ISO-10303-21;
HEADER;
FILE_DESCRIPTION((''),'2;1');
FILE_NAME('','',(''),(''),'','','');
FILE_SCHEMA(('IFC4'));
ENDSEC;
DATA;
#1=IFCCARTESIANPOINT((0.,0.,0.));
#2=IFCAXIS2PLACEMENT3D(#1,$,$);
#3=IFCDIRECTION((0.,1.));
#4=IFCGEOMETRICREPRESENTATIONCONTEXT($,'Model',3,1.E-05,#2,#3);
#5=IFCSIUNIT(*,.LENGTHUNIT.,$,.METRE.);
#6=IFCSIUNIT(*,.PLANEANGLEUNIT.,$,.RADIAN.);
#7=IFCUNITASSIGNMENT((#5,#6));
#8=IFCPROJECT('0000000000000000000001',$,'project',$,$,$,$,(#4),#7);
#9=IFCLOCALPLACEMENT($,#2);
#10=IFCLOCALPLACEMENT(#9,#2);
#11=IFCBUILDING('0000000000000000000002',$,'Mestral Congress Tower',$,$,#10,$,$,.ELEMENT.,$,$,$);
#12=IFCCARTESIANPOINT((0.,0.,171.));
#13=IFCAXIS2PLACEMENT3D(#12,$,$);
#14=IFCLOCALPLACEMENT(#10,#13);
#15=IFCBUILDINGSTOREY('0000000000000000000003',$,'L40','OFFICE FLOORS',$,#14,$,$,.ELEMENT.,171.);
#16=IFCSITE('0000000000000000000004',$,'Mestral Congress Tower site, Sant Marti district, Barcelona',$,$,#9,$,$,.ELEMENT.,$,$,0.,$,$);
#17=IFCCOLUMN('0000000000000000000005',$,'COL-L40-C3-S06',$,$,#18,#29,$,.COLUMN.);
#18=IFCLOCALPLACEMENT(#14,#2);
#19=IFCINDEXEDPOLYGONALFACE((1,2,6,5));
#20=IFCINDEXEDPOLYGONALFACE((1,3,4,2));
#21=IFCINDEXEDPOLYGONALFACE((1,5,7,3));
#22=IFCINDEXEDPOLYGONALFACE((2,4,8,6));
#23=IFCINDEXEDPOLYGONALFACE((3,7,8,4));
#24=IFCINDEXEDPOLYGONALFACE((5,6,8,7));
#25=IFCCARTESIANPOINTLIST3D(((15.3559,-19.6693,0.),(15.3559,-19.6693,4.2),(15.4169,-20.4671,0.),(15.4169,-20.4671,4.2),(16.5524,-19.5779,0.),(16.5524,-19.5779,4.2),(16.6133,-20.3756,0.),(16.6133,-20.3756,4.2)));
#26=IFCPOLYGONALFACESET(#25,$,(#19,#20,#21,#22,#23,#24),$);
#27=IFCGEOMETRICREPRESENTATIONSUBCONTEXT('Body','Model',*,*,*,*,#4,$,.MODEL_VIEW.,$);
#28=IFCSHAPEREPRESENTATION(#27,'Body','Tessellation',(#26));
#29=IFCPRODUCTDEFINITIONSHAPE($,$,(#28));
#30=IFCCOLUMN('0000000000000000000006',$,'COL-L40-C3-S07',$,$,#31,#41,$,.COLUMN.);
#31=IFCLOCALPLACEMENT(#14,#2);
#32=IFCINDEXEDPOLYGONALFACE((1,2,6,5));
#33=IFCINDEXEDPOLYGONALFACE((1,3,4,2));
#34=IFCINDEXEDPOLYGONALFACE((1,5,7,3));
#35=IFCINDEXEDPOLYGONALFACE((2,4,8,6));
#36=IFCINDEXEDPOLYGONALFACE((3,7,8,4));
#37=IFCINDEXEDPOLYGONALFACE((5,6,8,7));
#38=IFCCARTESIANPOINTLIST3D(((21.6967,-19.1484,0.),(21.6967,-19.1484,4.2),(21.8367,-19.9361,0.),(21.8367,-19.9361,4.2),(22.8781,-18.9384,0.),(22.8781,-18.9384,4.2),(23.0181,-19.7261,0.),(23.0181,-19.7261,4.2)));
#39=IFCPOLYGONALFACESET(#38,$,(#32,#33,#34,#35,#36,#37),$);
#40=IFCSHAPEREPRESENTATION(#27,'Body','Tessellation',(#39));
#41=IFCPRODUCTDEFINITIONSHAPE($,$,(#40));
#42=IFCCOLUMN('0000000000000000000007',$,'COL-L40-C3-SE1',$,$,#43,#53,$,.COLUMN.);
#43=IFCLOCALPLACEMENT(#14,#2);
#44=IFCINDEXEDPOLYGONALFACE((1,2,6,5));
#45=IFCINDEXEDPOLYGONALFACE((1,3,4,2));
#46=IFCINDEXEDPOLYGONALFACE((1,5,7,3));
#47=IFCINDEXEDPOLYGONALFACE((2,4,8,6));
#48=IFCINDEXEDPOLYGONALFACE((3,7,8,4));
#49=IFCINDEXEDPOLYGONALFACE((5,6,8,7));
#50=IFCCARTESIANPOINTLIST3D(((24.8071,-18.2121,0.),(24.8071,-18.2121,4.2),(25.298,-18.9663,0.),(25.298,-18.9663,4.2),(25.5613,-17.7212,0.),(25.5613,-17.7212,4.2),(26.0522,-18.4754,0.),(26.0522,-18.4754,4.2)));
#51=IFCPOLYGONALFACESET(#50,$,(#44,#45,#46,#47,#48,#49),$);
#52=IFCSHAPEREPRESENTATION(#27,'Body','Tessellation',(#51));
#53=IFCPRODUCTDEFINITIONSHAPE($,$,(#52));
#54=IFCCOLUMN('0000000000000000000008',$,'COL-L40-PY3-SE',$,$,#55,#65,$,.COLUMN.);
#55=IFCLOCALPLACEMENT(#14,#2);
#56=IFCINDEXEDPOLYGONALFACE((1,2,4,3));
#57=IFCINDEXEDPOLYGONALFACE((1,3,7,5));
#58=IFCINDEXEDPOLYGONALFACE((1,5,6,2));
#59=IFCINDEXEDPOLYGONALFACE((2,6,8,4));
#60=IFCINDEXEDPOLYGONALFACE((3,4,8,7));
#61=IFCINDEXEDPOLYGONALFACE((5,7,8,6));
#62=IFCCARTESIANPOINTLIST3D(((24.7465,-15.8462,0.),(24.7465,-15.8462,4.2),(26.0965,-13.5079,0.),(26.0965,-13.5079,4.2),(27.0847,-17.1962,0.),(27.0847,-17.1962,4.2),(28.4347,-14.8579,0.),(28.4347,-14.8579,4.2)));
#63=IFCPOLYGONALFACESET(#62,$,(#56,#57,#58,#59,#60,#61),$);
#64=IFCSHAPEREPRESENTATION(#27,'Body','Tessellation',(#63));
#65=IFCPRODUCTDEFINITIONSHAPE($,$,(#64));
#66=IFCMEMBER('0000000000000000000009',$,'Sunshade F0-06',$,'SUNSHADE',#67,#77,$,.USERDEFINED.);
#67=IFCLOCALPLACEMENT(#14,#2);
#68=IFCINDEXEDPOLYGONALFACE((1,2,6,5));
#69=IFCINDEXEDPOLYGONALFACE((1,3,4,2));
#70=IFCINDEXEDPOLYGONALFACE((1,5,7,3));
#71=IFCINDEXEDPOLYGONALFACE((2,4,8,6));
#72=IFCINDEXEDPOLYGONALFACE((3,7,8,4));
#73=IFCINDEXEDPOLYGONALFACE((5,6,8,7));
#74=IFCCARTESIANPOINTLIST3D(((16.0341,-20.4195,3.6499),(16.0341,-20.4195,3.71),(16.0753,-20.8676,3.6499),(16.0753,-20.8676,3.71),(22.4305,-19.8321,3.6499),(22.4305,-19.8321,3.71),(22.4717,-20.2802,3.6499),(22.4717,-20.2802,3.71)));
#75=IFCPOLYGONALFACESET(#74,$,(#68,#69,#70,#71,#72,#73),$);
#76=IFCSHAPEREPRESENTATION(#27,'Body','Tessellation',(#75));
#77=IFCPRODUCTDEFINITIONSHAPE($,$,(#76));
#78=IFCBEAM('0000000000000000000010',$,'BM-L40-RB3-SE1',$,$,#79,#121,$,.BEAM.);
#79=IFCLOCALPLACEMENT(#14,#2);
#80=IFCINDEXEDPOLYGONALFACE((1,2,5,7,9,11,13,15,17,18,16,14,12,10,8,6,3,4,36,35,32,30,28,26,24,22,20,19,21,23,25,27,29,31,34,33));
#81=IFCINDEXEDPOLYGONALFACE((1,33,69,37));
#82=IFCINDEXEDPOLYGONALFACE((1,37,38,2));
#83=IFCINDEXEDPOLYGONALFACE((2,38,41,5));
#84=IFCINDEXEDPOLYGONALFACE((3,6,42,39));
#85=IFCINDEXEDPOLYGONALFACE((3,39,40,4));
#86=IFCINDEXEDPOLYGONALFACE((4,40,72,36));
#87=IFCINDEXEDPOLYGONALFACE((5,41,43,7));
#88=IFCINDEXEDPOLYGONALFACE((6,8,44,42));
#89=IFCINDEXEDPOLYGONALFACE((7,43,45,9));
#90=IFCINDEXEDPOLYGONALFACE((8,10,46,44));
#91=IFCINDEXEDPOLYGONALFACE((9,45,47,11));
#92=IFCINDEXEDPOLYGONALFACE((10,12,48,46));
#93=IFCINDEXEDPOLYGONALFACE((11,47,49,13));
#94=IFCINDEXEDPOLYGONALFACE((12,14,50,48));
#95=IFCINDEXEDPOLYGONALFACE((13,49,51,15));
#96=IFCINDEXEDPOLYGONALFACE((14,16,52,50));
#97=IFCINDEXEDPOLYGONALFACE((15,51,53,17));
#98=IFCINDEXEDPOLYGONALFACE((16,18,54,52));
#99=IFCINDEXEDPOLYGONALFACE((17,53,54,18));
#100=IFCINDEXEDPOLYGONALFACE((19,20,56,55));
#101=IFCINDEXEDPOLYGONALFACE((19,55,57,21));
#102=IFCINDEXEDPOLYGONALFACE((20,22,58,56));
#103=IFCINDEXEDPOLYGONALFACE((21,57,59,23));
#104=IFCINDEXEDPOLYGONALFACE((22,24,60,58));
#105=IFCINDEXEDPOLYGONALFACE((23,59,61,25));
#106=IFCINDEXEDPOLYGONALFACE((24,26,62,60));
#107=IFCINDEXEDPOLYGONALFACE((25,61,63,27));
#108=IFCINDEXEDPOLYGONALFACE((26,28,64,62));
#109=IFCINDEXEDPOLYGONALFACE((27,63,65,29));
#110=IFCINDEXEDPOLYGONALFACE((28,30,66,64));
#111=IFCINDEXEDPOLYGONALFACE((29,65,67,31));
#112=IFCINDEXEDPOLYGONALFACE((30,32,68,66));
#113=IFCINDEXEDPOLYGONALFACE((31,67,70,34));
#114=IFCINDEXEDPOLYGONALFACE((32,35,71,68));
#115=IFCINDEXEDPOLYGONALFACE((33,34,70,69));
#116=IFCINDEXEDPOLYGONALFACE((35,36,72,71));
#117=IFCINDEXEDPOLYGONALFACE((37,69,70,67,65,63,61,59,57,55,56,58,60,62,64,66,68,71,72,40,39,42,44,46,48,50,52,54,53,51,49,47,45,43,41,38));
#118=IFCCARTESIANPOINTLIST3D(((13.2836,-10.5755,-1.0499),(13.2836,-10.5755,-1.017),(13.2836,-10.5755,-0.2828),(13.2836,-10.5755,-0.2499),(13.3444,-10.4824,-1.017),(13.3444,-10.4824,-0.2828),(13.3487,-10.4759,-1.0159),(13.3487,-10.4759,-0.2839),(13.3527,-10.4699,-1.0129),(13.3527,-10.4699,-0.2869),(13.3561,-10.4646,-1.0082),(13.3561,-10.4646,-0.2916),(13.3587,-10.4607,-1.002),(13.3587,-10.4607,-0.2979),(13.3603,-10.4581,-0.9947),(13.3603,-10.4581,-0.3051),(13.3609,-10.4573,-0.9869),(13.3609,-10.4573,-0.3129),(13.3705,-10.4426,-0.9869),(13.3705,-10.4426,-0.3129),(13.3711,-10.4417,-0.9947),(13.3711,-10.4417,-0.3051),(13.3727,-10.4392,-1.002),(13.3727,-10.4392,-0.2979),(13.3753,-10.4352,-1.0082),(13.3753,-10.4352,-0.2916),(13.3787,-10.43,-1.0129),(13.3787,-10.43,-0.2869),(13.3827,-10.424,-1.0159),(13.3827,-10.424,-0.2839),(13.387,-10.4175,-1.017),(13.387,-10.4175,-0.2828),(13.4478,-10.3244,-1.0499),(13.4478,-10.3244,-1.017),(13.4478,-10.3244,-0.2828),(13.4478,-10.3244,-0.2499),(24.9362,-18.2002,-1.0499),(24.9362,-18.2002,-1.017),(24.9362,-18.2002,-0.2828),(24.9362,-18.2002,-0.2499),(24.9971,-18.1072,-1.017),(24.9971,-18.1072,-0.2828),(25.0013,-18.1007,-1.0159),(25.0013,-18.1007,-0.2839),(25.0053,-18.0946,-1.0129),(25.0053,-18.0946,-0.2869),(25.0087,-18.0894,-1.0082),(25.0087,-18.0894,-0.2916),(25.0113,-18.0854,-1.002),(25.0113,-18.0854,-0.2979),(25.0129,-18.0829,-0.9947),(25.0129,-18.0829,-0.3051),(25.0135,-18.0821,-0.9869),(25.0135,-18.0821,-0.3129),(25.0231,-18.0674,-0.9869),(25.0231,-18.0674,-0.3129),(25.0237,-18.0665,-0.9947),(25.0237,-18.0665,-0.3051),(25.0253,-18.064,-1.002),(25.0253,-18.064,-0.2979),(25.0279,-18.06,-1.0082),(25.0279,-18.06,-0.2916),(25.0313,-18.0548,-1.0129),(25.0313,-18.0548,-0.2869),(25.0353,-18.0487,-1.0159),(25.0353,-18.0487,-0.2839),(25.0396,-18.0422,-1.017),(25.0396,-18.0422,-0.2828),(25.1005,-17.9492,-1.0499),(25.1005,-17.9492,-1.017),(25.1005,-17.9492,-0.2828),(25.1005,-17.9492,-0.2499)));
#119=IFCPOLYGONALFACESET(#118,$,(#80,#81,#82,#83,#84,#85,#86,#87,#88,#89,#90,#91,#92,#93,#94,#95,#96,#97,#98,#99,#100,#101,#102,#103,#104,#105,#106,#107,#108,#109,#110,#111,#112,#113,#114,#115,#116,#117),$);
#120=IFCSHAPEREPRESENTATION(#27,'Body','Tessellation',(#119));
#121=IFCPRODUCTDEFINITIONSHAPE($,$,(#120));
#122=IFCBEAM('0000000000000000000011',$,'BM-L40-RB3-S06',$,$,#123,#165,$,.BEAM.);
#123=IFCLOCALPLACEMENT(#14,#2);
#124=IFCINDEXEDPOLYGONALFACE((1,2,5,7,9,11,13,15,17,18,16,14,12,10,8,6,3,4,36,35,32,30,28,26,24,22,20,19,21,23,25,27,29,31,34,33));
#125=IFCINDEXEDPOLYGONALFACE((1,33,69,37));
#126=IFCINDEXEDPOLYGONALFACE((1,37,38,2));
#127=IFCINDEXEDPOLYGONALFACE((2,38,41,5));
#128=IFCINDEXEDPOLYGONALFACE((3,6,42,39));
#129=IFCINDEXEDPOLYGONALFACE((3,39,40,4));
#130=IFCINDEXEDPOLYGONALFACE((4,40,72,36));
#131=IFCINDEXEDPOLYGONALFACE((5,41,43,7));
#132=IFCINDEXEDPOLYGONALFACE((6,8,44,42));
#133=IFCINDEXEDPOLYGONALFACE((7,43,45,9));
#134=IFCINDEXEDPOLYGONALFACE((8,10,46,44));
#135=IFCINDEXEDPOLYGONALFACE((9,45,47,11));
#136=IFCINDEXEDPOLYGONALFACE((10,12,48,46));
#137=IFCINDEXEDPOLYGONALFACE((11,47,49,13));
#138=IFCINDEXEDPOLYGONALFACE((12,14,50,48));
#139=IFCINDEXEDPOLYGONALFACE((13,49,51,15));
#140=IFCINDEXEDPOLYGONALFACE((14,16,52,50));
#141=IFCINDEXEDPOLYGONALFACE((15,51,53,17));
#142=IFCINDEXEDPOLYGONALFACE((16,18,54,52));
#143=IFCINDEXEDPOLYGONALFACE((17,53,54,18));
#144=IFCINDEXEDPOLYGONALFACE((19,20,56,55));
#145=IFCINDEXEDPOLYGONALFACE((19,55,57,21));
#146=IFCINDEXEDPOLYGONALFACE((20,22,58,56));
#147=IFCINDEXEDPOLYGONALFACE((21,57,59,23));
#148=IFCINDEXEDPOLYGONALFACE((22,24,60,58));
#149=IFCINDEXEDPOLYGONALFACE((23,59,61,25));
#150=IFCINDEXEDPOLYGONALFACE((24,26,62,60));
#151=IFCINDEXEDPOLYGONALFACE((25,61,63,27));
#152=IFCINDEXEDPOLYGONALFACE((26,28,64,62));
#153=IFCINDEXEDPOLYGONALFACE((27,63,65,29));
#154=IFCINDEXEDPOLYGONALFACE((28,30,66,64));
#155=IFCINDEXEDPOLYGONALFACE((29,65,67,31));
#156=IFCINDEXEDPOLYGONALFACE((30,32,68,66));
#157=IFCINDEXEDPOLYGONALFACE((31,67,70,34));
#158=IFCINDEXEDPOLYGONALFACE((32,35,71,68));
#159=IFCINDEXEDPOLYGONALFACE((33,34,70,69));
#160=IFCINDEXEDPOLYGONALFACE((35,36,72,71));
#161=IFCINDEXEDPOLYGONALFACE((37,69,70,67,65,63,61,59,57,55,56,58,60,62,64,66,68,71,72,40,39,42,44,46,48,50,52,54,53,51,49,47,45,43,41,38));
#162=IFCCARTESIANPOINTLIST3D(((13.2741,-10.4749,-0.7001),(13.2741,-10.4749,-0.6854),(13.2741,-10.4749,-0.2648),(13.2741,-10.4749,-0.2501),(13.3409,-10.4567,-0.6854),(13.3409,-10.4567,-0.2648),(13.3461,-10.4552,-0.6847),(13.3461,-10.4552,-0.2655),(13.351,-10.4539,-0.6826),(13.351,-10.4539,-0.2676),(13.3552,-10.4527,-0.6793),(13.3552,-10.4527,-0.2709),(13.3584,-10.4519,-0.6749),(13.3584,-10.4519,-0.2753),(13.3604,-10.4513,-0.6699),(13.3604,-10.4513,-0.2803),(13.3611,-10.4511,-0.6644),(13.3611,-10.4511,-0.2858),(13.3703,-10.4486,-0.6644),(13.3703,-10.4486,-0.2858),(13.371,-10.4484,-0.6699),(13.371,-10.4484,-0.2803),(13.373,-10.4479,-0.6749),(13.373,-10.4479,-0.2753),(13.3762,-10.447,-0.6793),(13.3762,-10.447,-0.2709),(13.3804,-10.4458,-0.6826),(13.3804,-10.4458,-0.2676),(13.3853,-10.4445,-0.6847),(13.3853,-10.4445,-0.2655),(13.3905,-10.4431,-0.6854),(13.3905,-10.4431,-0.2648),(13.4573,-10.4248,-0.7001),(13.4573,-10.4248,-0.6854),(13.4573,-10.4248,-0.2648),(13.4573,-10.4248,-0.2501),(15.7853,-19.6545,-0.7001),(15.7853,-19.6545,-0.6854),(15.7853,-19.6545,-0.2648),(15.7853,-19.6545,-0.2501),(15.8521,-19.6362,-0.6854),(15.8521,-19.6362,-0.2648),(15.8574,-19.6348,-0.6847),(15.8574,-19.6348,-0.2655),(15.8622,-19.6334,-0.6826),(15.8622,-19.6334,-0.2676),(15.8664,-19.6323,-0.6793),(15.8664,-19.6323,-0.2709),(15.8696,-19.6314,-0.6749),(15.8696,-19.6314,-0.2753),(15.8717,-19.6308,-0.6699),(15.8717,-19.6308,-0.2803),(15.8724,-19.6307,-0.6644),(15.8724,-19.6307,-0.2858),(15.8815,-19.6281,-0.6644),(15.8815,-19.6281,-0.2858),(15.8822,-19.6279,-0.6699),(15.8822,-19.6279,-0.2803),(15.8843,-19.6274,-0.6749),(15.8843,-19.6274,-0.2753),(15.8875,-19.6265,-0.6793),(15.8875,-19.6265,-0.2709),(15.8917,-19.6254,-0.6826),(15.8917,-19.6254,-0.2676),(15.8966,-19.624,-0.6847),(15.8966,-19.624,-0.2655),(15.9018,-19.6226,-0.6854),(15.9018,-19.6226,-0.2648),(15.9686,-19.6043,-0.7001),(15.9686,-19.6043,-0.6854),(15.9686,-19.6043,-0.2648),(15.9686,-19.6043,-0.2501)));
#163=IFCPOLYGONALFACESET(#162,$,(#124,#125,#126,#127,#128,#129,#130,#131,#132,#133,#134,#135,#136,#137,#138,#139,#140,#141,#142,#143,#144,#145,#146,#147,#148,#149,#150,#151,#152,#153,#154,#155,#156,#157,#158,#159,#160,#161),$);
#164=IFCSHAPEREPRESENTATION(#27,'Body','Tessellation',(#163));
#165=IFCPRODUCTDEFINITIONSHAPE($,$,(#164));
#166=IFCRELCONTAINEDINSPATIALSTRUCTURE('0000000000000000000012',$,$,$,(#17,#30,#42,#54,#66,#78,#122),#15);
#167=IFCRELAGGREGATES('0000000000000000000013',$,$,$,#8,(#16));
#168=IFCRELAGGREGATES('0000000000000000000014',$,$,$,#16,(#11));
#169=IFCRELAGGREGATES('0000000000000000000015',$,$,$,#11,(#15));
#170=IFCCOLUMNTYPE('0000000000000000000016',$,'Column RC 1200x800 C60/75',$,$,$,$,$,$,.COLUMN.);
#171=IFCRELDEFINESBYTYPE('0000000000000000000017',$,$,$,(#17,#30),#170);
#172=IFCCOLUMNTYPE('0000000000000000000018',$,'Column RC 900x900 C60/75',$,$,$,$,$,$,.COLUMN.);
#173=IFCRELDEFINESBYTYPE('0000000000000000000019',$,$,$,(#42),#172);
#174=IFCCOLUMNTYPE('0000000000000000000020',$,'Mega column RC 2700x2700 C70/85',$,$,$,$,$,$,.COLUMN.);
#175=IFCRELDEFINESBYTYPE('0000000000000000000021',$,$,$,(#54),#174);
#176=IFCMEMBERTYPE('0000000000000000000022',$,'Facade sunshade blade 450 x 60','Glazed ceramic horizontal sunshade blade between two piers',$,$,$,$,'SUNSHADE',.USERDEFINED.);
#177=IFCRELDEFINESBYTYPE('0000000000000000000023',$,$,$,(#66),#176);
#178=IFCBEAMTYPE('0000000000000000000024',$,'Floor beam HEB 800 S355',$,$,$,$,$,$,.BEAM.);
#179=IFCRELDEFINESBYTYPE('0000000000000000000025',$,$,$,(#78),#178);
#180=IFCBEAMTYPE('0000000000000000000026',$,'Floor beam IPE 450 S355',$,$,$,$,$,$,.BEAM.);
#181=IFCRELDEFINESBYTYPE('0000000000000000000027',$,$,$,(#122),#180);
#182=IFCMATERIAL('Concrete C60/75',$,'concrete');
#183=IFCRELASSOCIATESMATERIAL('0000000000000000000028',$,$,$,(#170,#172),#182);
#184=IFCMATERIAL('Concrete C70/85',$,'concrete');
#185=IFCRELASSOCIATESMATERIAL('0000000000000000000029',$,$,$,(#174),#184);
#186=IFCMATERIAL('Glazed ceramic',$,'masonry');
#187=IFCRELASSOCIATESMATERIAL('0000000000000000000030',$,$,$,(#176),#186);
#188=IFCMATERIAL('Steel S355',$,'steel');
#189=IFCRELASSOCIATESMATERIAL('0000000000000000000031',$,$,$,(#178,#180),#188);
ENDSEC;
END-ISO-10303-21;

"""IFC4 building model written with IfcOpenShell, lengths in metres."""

from ifc_helpers import new_model, si_unit, direction, frame, origin, origin_2d, place, context, subcontext, project, spatial, rectangle, i_section, extrude, material, material_profile, profile_set, type_object, element, save


model = new_model("IFC4")

# Units and contexts
model_context = context("Model", 3, precision=1e-05, world=origin(), true_north=direction((0.0, 1.0)))
body_context = subcontext(model_context, "Body", "Model", "MODEL_VIEW")
ifc_project = project(units=[si_unit("LENGTHUNIT", "METRE"), si_unit("PLANEANGLEUNIT", "RADIAN")], contexts=[model_context])

# Site, building, storey
site_placement = place(None, origin())
site = spatial("IfcSite", under=ifc_project, at=site_placement, Name="Mestral Congress Tower site, Sant Marti district, Barcelona", CompositionType="ELEMENT", RefElevation=0.0)
building_placement = place(site_placement, origin())
building = spatial("IfcBuilding", under=site, at=building_placement, Name="Mestral Congress Tower", CompositionType="ELEMENT")
storey_placement = place(building_placement, frame((0.0, 0.0, 171.0)))
storey = spatial("IfcBuildingStorey", under=building, at=storey_placement, Name="L40", Description="OFFICE FLOORS", CompositionType="ELEMENT", Elevation=171.0)

# Columns
ifc_material_1 = material(Name="Concrete C60/75", Category="concrete")
ifc_material_profile_1 = material_profile(ifc_material_1, rectangle(XDim=1.2, YDim=0.8, at=origin_2d()), Name="RC 1200x800")
ifc_profile_set_1 = profile_set([ifc_material_profile_1], Name="Concrete C60/75")
column_type_1 = type_object("IfcColumnType", Name="Column RC 1200x800 C60/75", PredefinedType="COLUMN", material=ifc_profile_set_1)
for number, where, z_axis, x_axis, name in (
    (1, (15.9846, -20.0225, 0.0), (0.0, 0.0, 1.0), (0.99709, 0.076237, 0.0), "COL-L40-C3-S06"),
    (2, (22.3574, -19.4373, 0.0), (0.0, 0.0, 1.0), (0.984571, 0.174985, 0.0), "COL-L40-C3-S07"),
):
    element("IfcColumn", number, at=place(storey_placement, frame(where, z_axis=z_axis, x_axis=x_axis)), inside=storey, type_object=column_type_1, Name=name, PredefinedType="COLUMN", context=body_context, shape_type="SweptSolid", body=[
        extrude(rectangle(XDim=1.2, YDim=0.8, at=origin_2d()), origin(), (0.0, 0.0, 1.0), 4.2),
    ])
ifc_material_profile_2 = material_profile(ifc_material_1, rectangle(XDim=0.8999, YDim=0.8999, at=origin_2d()), Name="RC 900x900")
ifc_profile_set_2 = profile_set([ifc_material_profile_2], Name="Concrete C60/75")
column_type_2 = type_object("IfcColumnType", Name="Column RC 900x900 C60/75", PredefinedType="COLUMN", material=ifc_profile_set_2)
column_1_placement = place(storey_placement, frame((25.4297, -18.3438, 0.0), z_axis=(0.0, 0.0, 1.0), x_axis=(0.838094, 0.545526, 0.0)))
element("IfcColumn", 3, at=column_1_placement, inside=storey, type_object=column_type_2, Name="COL-L40-C3-SE1", PredefinedType="COLUMN", context=body_context, shape_type="SweptSolid", body=[
    extrude(rectangle(XDim=0.8999, YDim=0.8999, at=origin_2d()), origin(), (0.0, 0.0, 1.0), 4.2),
])
ifc_material_2 = material(Name="Concrete C70/85", Category="concrete")
ifc_material_profile_3 = material_profile(ifc_material_2, rectangle(XDim=2.7, YDim=2.7, at=origin_2d()), Name="RC 2700x2700")
ifc_profile_set_3 = profile_set([ifc_material_profile_3], Name="Concrete C70/85")
column_type_3 = type_object("IfcColumnType", Name="Mega column RC 2700x2700 C70/85", PredefinedType="COLUMN", material=ifc_profile_set_3)
column_2_placement = place(storey_placement, frame((26.5906, -15.3521, 0.0), z_axis=(0.0, 0.0, 1.0), x_axis=(0.866025, -0.5, 0.0)))
element("IfcColumn", 4, at=column_2_placement, inside=storey, type_object=column_type_3, Name="COL-L40-PY3-SE", PredefinedType="COLUMN", context=body_context, shape_type="SweptSolid", body=[
    extrude(rectangle(XDim=2.7, YDim=2.7, at=origin_2d()), origin(), (0.0, 0.0, 1.0), 4.2),
])

# Member
ifc_material_3 = material(Name="Glazed ceramic", Category="masonry")
ifc_material_profile_4 = material_profile(ifc_material_3, rectangle(XDim=0.45, YDim=0.0601, at=origin_2d()), Name="Ceramic blade 450 x 60")
ifc_profile_set_4 = profile_set([ifc_material_profile_4], Name="Glazed ceramic")
member_type = type_object("IfcMemberType", Name="Facade sunshade blade 450 x 60", Description="Glazed ceramic horizontal sunshade blade between two piers", ElementType="SUNSHADE", PredefinedType="USERDEFINED", material=ifc_profile_set_4)
member_placement = place(storey_placement, frame((16.0547, -20.6436, 3.6799), z_axis=(0.99581, 0.091447, 0.0), x_axis=(-0.091447, 0.99581, 0.0)))
element("IfcMember", 5, at=member_placement, inside=storey, type_object=member_type, Name="Sunshade F0-06", ObjectType="SUNSHADE", PredefinedType="USERDEFINED", context=body_context, shape_type="SweptSolid", body=[
    extrude(rectangle(XDim=0.45, YDim=0.0601, at=origin_2d()), origin(), (0.0, 0.0, 1.0), 6.4233),
])

# Beams
ifc_material_4 = material(Name="Steel S355", Category="steel")
ifc_material_profile_5 = material_profile(ifc_material_4, i_section(OverallWidth=0.3, OverallDepth=0.8, WebThickness=0.0176, FlangeThickness=0.033, FilletRadius=0.03, at=origin_2d()), Name="HEB 800")
ifc_profile_set_5 = profile_set([ifc_material_profile_5], Name="Steel S355")
beam_type_1 = type_object("IfcBeamType", Name="Floor beam HEB 800 S355", PredefinedType="BEAM", material=ifc_profile_set_5)
beam_1_placement = place(storey_placement, frame((25.0183, -18.0747, -0.6499), z_axis=(-0.83678, 0.547539, 0.0), x_axis=(-0.547539, -0.83678, 0.0)))
element("IfcBeam", 6, at=beam_1_placement, inside=storey, type_object=beam_type_1, Name="BM-L40-RB3-SE1", PredefinedType="BEAM", context=body_context, shape_type="SweptSolid", body=[
    extrude(i_section(OverallWidth=0.3, OverallDepth=0.8, WebThickness=0.0176, FlangeThickness=0.033, FilletRadius=0.03, at=origin_2d()), origin(), (0.0, 0.0, 1.0), 13.9255),
])
ifc_material_profile_6 = material_profile(ifc_material_4, i_section(OverallWidth=0.1899, OverallDepth=0.45, WebThickness=0.0095, FlangeThickness=0.0146, FilletRadius=0.021, at=origin_2d()), Name="IPE 450")
ifc_profile_set_6 = profile_set([ifc_material_profile_6], Name="Steel S355")
beam_type_2 = type_object("IfcBeamType", Name="Floor beam IPE 450 S355", PredefinedType="BEAM", material=ifc_profile_set_6)
beam_2_placement = place(storey_placement, frame((15.877, -19.6294, -0.4751), z_axis=(-0.263875, 0.964557, 0.0), x_axis=(-0.964557, -0.263875, 0.0)))
element("IfcBeam", 7, at=beam_2_placement, inside=storey, type_object=beam_type_2, Name="BM-L40-RB3-S06", PredefinedType="BEAM", context=body_context, shape_type="SweptSolid", body=[
    extrude(i_section(OverallWidth=0.1899, OverallDepth=0.45, WebThickness=0.0095, FlangeThickness=0.0146, FilletRadius=0.021, at=origin_2d()), origin(), (0.0, 0.0, 1.0), 9.5168),
])

save(model, "model.ifc")
